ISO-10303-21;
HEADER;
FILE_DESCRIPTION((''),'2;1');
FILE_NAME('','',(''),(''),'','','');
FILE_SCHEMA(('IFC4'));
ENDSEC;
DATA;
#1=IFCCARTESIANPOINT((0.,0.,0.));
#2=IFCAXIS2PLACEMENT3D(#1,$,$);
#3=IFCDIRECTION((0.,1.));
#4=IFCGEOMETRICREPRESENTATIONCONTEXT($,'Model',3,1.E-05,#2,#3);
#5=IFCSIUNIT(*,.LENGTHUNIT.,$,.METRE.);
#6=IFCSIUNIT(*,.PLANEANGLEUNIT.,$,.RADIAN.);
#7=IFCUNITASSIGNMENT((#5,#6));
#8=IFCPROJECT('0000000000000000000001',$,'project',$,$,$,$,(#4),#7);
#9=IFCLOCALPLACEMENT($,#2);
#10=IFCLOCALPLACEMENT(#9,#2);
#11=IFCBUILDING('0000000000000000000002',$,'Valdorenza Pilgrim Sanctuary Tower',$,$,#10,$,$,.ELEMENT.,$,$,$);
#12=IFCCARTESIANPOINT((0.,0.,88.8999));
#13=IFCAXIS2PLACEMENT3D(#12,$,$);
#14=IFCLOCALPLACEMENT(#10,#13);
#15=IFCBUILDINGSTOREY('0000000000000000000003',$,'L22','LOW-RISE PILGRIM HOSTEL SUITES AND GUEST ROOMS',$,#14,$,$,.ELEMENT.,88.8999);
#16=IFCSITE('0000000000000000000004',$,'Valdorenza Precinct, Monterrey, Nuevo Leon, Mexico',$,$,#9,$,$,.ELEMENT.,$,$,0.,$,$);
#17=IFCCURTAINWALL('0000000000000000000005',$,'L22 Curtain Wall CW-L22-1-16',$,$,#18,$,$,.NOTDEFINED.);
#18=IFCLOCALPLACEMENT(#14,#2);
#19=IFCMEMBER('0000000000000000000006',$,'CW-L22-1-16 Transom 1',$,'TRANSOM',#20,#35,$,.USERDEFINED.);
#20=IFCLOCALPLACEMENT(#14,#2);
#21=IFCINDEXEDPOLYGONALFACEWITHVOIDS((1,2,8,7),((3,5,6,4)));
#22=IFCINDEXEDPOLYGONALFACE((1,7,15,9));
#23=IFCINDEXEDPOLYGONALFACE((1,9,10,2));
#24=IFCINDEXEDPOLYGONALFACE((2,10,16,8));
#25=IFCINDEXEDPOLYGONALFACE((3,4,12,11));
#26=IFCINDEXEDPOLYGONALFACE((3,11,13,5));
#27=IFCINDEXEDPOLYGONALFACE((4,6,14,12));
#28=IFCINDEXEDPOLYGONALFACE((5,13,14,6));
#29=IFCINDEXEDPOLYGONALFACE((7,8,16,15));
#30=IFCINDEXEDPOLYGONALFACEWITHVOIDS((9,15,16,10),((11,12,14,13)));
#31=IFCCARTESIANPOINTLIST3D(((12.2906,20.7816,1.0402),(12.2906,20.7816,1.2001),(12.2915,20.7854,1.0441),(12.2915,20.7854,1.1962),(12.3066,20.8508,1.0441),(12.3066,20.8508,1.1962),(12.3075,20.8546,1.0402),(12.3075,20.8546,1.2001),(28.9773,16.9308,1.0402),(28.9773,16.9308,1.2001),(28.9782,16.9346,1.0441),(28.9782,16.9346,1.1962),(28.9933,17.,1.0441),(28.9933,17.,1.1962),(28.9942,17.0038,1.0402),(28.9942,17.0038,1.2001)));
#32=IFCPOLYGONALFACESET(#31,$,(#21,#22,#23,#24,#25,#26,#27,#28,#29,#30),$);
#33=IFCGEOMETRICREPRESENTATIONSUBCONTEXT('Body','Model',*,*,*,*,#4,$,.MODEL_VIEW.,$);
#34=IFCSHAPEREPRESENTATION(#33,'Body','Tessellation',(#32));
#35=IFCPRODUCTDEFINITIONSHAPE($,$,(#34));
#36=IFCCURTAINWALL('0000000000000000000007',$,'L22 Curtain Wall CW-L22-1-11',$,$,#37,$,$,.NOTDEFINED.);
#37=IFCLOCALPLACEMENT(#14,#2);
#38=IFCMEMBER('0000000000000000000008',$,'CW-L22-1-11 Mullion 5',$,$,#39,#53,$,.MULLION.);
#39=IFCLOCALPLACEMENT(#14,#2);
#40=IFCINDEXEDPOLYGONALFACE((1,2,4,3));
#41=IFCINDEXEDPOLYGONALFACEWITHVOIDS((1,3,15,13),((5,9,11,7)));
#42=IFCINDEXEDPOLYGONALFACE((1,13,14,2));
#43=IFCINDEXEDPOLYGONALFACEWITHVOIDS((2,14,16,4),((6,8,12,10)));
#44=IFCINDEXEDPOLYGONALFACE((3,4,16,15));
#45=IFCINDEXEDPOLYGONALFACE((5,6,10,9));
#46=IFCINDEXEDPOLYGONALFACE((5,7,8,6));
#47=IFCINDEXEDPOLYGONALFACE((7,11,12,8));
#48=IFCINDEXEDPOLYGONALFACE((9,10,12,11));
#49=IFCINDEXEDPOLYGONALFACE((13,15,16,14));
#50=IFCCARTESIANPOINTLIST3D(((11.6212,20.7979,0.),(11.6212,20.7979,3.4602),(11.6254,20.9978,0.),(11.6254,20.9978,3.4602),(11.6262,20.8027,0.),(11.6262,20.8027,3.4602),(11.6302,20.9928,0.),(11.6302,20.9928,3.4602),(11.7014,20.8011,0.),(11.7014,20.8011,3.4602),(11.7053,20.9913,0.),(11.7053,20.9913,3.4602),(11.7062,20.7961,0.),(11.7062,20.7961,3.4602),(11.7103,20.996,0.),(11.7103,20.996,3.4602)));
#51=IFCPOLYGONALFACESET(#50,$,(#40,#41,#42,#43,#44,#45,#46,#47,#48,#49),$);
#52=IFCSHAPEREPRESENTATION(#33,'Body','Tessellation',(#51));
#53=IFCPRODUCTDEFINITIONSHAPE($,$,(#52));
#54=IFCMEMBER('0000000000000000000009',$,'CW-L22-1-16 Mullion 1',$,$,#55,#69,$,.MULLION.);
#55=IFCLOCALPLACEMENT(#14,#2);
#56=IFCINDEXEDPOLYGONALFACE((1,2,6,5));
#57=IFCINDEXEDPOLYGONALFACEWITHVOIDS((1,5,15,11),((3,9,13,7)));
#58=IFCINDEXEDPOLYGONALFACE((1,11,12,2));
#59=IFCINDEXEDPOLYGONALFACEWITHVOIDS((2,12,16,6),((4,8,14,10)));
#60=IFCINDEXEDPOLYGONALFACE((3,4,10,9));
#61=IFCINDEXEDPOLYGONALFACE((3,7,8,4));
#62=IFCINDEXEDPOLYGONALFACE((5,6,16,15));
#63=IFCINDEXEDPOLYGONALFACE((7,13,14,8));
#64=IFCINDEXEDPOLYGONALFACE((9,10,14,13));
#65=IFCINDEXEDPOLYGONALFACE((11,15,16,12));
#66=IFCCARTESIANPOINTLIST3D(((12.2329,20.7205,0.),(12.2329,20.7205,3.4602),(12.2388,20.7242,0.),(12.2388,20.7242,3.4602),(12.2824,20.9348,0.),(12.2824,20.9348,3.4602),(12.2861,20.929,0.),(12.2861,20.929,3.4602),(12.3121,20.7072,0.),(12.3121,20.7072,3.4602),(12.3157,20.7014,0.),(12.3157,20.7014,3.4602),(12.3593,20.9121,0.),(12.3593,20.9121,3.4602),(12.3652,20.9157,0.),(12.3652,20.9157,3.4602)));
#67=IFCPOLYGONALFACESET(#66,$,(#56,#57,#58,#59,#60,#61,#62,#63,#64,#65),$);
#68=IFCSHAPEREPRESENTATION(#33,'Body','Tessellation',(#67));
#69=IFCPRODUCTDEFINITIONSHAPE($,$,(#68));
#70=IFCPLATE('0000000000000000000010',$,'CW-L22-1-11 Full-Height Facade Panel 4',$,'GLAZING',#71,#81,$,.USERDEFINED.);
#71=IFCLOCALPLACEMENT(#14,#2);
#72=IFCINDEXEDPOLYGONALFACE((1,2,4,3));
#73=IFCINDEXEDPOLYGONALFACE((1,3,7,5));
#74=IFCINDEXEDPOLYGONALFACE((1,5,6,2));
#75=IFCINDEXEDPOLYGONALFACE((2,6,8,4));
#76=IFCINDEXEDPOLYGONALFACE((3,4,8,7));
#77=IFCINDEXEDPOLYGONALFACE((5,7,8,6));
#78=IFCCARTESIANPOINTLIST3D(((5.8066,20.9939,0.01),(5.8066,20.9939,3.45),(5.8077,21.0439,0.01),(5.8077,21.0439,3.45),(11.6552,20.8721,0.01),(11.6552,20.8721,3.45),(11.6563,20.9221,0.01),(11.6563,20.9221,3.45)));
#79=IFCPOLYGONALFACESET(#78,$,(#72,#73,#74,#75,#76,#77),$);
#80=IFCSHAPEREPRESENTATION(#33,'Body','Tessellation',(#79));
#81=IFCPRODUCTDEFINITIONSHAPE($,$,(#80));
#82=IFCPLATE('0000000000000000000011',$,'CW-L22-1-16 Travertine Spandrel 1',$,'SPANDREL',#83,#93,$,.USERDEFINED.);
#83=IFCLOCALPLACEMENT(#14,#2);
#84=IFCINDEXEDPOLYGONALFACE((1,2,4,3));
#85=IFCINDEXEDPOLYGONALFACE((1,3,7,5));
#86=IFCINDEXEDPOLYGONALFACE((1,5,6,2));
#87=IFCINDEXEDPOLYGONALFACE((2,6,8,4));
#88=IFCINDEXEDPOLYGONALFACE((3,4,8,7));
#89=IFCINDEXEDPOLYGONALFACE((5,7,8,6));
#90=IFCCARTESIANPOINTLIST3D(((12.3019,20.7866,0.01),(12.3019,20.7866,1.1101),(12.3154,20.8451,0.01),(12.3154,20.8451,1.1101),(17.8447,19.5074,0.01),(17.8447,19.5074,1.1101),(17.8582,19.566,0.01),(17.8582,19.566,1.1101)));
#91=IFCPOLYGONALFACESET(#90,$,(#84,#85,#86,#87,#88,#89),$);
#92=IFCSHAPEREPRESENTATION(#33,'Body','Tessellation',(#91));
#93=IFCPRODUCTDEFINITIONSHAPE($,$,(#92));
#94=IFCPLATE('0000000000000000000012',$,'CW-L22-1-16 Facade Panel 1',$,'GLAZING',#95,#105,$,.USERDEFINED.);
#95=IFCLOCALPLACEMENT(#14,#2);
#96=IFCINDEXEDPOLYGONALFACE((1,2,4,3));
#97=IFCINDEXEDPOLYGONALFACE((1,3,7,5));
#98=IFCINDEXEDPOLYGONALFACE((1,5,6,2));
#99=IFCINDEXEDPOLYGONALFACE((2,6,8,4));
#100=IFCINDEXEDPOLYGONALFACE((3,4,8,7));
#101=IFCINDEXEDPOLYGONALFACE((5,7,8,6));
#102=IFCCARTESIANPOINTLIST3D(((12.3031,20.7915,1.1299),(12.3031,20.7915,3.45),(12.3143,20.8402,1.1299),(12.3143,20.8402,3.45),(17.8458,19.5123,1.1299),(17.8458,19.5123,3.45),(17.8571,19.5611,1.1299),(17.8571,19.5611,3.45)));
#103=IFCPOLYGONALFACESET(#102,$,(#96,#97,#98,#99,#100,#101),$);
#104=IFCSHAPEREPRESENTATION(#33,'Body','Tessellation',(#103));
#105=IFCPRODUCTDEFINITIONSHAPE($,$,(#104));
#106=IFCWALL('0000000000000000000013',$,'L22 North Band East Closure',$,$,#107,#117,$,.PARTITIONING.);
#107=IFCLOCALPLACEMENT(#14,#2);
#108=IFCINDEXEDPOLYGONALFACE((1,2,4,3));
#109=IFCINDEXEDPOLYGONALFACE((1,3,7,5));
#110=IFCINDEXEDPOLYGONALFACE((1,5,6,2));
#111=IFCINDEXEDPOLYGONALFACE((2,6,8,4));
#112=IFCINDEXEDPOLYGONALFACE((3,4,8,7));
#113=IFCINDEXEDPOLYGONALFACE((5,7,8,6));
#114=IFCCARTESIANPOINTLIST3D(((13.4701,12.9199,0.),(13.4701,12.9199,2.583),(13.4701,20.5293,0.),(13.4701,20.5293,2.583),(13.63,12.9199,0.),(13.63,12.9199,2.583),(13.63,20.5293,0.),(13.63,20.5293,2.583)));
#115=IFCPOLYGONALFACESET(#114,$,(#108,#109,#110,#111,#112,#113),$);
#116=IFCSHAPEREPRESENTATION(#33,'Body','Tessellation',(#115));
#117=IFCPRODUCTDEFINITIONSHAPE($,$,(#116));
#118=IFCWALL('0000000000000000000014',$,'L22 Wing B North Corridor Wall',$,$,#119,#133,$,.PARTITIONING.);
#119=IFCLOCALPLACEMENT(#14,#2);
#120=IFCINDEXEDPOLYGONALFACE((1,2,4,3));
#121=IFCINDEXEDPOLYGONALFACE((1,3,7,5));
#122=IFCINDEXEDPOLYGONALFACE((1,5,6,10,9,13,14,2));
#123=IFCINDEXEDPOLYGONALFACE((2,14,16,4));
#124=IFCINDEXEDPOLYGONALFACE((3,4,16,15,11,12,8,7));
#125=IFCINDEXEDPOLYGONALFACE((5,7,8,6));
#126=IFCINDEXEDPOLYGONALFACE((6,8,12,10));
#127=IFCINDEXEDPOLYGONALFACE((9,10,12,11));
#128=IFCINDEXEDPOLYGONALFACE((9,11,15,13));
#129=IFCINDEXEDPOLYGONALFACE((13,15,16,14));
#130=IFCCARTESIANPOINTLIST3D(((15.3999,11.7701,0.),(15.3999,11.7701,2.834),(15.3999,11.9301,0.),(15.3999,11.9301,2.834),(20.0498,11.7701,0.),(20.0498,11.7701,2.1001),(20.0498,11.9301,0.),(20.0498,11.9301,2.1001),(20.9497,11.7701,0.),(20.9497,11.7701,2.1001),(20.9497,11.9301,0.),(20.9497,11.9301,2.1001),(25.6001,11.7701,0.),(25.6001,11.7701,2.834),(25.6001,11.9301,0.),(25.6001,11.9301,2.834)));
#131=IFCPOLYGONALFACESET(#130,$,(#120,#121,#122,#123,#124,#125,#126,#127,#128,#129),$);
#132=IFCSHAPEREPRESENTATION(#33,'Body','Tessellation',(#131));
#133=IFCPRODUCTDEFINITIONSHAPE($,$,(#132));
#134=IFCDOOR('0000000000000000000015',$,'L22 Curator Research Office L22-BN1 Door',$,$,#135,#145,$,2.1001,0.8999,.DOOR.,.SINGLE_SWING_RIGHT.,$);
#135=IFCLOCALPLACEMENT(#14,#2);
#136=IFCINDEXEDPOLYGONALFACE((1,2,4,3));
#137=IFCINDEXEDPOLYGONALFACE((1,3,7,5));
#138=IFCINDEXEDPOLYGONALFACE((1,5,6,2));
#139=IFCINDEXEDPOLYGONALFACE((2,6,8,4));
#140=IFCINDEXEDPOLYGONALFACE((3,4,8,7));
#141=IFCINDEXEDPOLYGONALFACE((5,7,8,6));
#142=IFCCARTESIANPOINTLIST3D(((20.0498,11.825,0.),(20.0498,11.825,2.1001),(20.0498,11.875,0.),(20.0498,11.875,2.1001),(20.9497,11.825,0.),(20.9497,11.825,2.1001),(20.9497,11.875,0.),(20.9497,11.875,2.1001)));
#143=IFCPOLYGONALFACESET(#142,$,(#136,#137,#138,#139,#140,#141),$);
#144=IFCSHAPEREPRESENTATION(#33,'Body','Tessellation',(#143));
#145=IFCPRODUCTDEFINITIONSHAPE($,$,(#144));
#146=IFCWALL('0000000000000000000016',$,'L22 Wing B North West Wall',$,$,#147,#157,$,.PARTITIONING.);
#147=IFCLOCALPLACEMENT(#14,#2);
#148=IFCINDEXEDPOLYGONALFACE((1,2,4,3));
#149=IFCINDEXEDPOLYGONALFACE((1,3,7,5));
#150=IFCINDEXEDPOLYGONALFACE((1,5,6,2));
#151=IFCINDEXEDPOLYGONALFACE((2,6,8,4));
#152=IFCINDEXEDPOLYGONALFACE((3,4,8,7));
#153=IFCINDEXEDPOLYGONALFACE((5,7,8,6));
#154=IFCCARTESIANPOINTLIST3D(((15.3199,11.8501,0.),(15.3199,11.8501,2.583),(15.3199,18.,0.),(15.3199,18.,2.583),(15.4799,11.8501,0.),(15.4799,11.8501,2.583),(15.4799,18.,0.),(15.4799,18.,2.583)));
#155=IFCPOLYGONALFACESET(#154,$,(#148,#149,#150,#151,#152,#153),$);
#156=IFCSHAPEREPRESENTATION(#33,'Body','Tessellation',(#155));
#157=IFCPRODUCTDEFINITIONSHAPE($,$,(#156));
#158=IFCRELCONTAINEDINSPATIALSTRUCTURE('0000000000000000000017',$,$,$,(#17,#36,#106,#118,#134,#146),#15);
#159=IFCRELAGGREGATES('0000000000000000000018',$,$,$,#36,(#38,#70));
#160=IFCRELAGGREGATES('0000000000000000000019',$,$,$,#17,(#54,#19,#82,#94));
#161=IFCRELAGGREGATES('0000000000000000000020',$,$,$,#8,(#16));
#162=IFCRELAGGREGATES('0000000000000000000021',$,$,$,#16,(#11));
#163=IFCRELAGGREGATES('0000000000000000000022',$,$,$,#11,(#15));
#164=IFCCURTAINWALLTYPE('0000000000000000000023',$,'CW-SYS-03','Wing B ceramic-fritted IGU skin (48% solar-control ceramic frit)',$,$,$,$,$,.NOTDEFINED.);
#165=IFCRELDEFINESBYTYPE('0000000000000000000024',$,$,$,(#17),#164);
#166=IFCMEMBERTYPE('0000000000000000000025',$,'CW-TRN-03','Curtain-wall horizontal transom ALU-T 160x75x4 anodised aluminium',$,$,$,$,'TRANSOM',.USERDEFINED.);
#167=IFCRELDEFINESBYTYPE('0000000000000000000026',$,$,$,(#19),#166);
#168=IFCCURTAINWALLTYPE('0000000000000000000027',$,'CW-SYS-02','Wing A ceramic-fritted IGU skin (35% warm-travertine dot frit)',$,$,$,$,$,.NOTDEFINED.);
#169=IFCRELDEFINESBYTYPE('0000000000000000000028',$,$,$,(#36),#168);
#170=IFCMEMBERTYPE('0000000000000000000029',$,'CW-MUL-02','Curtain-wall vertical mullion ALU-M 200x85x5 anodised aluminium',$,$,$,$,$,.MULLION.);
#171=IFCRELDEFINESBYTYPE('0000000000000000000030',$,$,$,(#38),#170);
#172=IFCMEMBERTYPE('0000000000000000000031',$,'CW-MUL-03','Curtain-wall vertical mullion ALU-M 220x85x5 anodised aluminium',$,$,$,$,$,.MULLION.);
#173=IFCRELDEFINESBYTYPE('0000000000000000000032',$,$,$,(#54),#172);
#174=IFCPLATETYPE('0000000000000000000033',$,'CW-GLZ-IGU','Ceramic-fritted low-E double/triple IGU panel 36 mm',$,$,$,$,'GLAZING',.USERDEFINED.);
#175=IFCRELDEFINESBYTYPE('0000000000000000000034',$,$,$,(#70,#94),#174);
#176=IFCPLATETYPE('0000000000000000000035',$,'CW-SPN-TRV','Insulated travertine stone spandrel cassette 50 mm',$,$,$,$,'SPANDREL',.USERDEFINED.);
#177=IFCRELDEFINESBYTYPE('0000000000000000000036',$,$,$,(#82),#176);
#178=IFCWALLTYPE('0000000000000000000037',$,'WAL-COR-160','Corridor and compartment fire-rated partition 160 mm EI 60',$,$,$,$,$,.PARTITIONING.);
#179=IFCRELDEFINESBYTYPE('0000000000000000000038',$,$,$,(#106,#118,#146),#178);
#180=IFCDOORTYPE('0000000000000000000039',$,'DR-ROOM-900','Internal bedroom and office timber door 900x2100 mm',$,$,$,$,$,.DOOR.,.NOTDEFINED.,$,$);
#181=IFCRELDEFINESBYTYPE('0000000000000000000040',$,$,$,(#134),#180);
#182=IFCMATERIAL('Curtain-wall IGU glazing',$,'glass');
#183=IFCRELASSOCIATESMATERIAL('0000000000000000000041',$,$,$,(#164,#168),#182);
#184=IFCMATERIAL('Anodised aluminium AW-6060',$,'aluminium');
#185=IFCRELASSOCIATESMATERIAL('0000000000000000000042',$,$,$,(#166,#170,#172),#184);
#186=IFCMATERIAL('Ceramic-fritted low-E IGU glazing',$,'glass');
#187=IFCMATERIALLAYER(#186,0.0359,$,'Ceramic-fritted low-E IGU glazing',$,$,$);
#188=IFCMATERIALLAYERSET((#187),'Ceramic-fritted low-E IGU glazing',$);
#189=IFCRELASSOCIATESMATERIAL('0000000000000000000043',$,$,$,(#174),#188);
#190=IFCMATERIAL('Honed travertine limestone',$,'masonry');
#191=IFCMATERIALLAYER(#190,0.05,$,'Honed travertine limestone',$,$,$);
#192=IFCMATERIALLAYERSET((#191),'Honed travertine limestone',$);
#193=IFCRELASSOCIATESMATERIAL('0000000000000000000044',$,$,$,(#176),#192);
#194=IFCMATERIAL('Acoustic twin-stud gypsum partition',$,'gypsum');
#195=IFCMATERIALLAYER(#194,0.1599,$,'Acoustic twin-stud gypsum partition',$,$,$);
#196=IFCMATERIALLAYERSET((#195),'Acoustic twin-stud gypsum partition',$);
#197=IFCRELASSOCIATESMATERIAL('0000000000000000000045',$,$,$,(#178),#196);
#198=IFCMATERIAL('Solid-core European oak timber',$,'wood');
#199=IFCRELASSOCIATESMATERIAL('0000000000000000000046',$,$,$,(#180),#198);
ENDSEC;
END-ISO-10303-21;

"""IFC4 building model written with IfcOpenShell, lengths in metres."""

from ifc_helpers import new_model, si_unit, direction, frame, frame_2d, origin, origin_2d, place, context, subcontext, project, spatial, rectangle, hollow_rectangle, extrude, source, transform, mapped, material, layer, layer_set, material_profile, profile_set, type_object, element, fill, aggregate, save


model = new_model("IFC4")

# Units and contexts
model_context = context("Model", 3, precision=1e-05, world=origin(), true_north=direction((0.0, 1.0)))
body_context = subcontext(model_context, "Body", "Model", "MODEL_VIEW")
ifc_project = project(units=[si_unit("LENGTHUNIT", "METRE"), si_unit("PLANEANGLEUNIT", "RADIAN")], contexts=[model_context])

# Site, building, storey
site_placement = place(None, origin())
site = spatial("IfcSite", under=ifc_project, at=site_placement, Name="Valdorenza Precinct, Monterrey, Nuevo Leon, Mexico", CompositionType="ELEMENT", RefElevation=0.0)
building_placement = place(site_placement, origin())
building = spatial("IfcBuilding", under=site, at=building_placement, Name="Valdorenza Pilgrim Sanctuary Tower", CompositionType="ELEMENT")
storey_placement = place(building_placement, frame((0.0, 0.0, 88.8999)))
storey = spatial("IfcBuildingStorey", under=building, at=storey_placement, Name="L22", Description="LOW-RISE PILGRIM HOSTEL SUITES AND GUEST ROOMS", CompositionType="ELEMENT", Elevation=88.8999)

# Curtain walls, members
ifc_material_1 = material(Name="Curtain-wall IGU glazing", Category="glass")
curtain_wall_type_1 = type_object("IfcCurtainWallType", Name="CW-SYS-03", Description="Wing B ceramic-fritted IGU skin (48% solar-control ceramic frit)", PredefinedType="NOTDEFINED", material=ifc_material_1)
curtain_wall_1_placement = place(storey_placement, origin())
curtain_wall_1 = element("IfcCurtainWall", 1, at=curtain_wall_1_placement, inside=storey, type_object=curtain_wall_type_1, Name="L22 Curtain Wall CW-L22-1-16", PredefinedType="NOTDEFINED")
ifc_material_2 = material(Name="Anodised aluminium AW-6060", Category="aluminium")
ifc_material_profile_1 = material_profile(ifc_material_2, hollow_rectangle(XDim=0.075, YDim=0.1599, WallThickness=0.0039, at=origin_2d()), Name="ALU-T 160x75x4")
ifc_profile_set_1 = profile_set([ifc_material_profile_1], Name="Anodised aluminium AW-6060")
member_type_1 = type_object("IfcMemberType", Name="CW-TRN-03", Description="Curtain-wall horizontal transom ALU-T 160x75x4 anodised aluminium", ElementType="TRANSOM", PredefinedType="USERDEFINED", material=ifc_profile_set_1)
shared_shape_1 = source(origin(), body_context, "Body", "SweptSolid", [
    extrude(hollow_rectangle(XDim=0.075, YDim=0.1599, WallThickness=0.0039, at=origin_2d()), origin(), (0.0, 0.0, 1.0), 17.1252),
])
member_1_placement = place(storey_placement, frame((12.2991, 20.8181, 1.1201), z_axis=(0.974391, -0.224862, 0.0), x_axis=(0.224862, 0.974391, 0.0)))
member_1 = element("IfcMember", 2, at=member_1_placement, type_object=member_type_1, Name="CW-L22-1-16 Transom 1", ObjectType="TRANSOM", PredefinedType="USERDEFINED", context=body_context, shape_type="MappedRepresentation", body=[
    mapped(shared_shape_1, transform((0.0, 0.0, 0.0), x_axis=(1.0, 0.0, 0.0), y_axis=(0.0, 1.0, 0.0), z_axis=(0.0, 0.0, 1.0), scale=1.0)),
])
curtain_wall_type_2 = type_object("IfcCurtainWallType", Name="CW-SYS-02", Description="Wing A ceramic-fritted IGU skin (35% warm-travertine dot frit)", PredefinedType="NOTDEFINED", material=ifc_material_1)
curtain_wall_2_placement = place(storey_placement, origin())
curtain_wall_2 = element("IfcCurtainWall", 3, at=curtain_wall_2_placement, inside=storey, type_object=curtain_wall_type_2, Name="L22 Curtain Wall CW-L22-1-11", PredefinedType="NOTDEFINED")
ifc_material_profile_2 = material_profile(ifc_material_2, hollow_rectangle(XDim=0.085, YDim=0.2, WallThickness=0.0049, at=origin_2d()), Name="ALU-M 200x85x5")
ifc_profile_set_2 = profile_set([ifc_material_profile_2], Name="Anodised aluminium AW-6060")
member_type_2 = type_object("IfcMemberType", Name="CW-MUL-02", Description="Curtain-wall vertical mullion ALU-M 200x85x5 anodised aluminium", PredefinedType="MULLION", material=ifc_profile_set_2)
shared_shape_2 = source(origin(), body_context, "Body", "SweptSolid", [
    extrude(hollow_rectangle(XDim=0.085, YDim=0.2, WallThickness=0.0049, at=origin_2d()), origin(), (0.0, 0.0, 1.0), 3.4602),
])
member_2_placement = place(storey_placement, frame((11.6658, 20.897, 0.0), z_axis=(0.0, 0.0, 1.0), x_axis=(0.999783, -0.02082, 0.0)))
member_2 = element("IfcMember", 4, at=member_2_placement, type_object=member_type_2, Name="CW-L22-1-11 Mullion 5", PredefinedType="MULLION", context=body_context, shape_type="MappedRepresentation", body=[
    mapped(shared_shape_2, transform((0.0, 0.0, 0.0), x_axis=(1.0, 0.0, 0.0), y_axis=(0.0, 1.0, 0.0), z_axis=(0.0, 0.0, 1.0), scale=1.0)),
])

# Member
ifc_material_profile_3 = material_profile(ifc_material_2, hollow_rectangle(XDim=0.085, YDim=0.22, WallThickness=0.0049, at=origin_2d()), Name="ALU-M 220x85x5")
ifc_profile_set_3 = profile_set([ifc_material_profile_3], Name="Anodised aluminium AW-6060")
member_type_3 = type_object("IfcMemberType", Name="CW-MUL-03", Description="Curtain-wall vertical mullion ALU-M 220x85x5 anodised aluminium", PredefinedType="MULLION", material=ifc_profile_set_3)
shared_shape_3 = source(origin(), body_context, "Body", "SweptSolid", [
    extrude(hollow_rectangle(XDim=0.085, YDim=0.22, WallThickness=0.0049, at=origin_2d()), origin(), (0.0, 0.0, 1.0), 3.4602),
])
member_3_placement = place(storey_placement, frame((12.2991, 20.8181, 0.0), z_axis=(0.0, 0.0, 1.0), x_axis=(0.97439, -0.224866, 0.0)))
member_3 = element("IfcMember", 5, at=member_3_placement, type_object=member_type_3, Name="CW-L22-1-16 Mullion 1", PredefinedType="MULLION", context=body_context, shape_type="MappedRepresentation", body=[
    mapped(shared_shape_3, transform((0.0, 0.0, 0.0), x_axis=(1.0, 0.0, 0.0), y_axis=(0.0, 1.0, 0.0), z_axis=(0.0, 0.0, 1.0), scale=1.0)),
])

# Plates
ifc_material_3 = material(Name="Ceramic-fritted low-E IGU glazing", Category="glass")
ifc_layer_1 = layer(ifc_material_3, 0.0359, Name="Ceramic-fritted low-E IGU glazing")
ifc_layer_set_1 = layer_set([ifc_layer_1], Name="Ceramic-fritted low-E IGU glazing")
plate_type_1 = type_object("IfcPlateType", Name="CW-GLZ-IGU", Description="Ceramic-fritted low-E double/triple IGU panel 36 mm", ElementType="GLAZING", PredefinedType="USERDEFINED", material=ifc_layer_set_1)
shared_shape_4 = source(origin(), body_context, "Body", "SweptSolid", [
    extrude(rectangle(XDim=5.8499, YDim=0.05, at=origin_2d()), origin(), (0.0, 0.0, 1.0), 3.4399),
])
plate_1_placement = place(storey_placement, frame((8.7314, 20.958, 0.01), z_axis=(0.0, 0.0, 1.0), x_axis=(0.999783, -0.02082, 0.0)))
plate_1 = element("IfcPlate", 6, at=plate_1_placement, type_object=plate_type_1, Name="CW-L22-1-11 Full-Height Facade Panel 4", ObjectType="GLAZING", PredefinedType="USERDEFINED", context=body_context, shape_type="MappedRepresentation", body=[
    mapped(shared_shape_4, transform((0.0, 0.0, 0.0), x_axis=(1.0, 0.0, 0.0), y_axis=(0.0, 1.0, 0.0), z_axis=(0.0, 0.0, 1.0), scale=1.0)),
])
aggregate(curtain_wall_2, [member_2, plate_1])
ifc_material_4 = material(Name="Honed travertine limestone", Category="masonry")
ifc_layer_2 = layer(ifc_material_4, 0.05, Name="Honed travertine limestone")
ifc_layer_set_2 = layer_set([ifc_layer_2], Name="Honed travertine limestone")
plate_type_2 = type_object("IfcPlateType", Name="CW-SPN-TRV", Description="Insulated travertine stone spandrel cassette 50 mm", ElementType="SPANDREL", PredefinedType="USERDEFINED", material=ifc_layer_set_2)
shared_shape_5 = source(origin(), body_context, "Body", "SweptSolid", [
    extrude(rectangle(XDim=5.6885, YDim=0.0601, at=origin_2d()), origin(), (0.0, 0.0, 1.0), 1.1001),
])
plate_2_placement = place(storey_placement, frame((15.0801, 20.1763, 0.01), z_axis=(0.0, 0.0, 1.0), x_axis=(0.97439, -0.224866, 0.0)))
plate_2 = element("IfcPlate", 7, at=plate_2_placement, type_object=plate_type_2, Name="CW-L22-1-16 Travertine Spandrel 1", ObjectType="SPANDREL", PredefinedType="USERDEFINED", context=body_context, shape_type="MappedRepresentation", body=[
    mapped(shared_shape_5, transform((0.0, 0.0, 0.0), x_axis=(1.0, 0.0, 0.0), y_axis=(0.0, 1.0, 0.0), z_axis=(0.0, 0.0, 1.0), scale=1.0)),
])
shared_shape_6 = source(origin(), body_context, "Body", "SweptSolid", [
    extrude(rectangle(XDim=5.6885, YDim=0.05, at=origin_2d()), origin(), (0.0, 0.0, 1.0), 2.3201),
])
plate_3_placement = place(storey_placement, frame((15.0801, 20.1763, 1.1299), z_axis=(0.0, 0.0, 1.0), x_axis=(0.97439, -0.224866, 0.0)))
plate_3 = element("IfcPlate", 8, at=plate_3_placement, type_object=plate_type_1, Name="CW-L22-1-16 Facade Panel 1", ObjectType="GLAZING", PredefinedType="USERDEFINED", context=body_context, shape_type="MappedRepresentation", body=[
    mapped(shared_shape_6, transform((0.0, 0.0, 0.0), x_axis=(1.0, 0.0, 0.0), y_axis=(0.0, 1.0, 0.0), z_axis=(0.0, 0.0, 1.0), scale=1.0)),
])
aggregate(curtain_wall_1, [member_3, member_1, plate_2, plate_3])

# Wall
ifc_material_5 = material(Name="Acoustic twin-stud gypsum partition", Category="gypsum")
ifc_layer_3 = layer(ifc_material_5, 0.1599, Name="Acoustic twin-stud gypsum partition")
ifc_layer_set_3 = layer_set([ifc_layer_3], Name="Acoustic twin-stud gypsum partition")
wall_type_1 = type_object("IfcWallType", Name="WAL-COR-160", Description="Corridor and compartment fire-rated partition 160 mm EI 60", PredefinedType="PARTITIONING", material=ifc_layer_set_3)
wall_1_placement = place(storey_placement, frame((13.55, 12.9199, 0.0), z_axis=(0.0, 0.0, 1.0), x_axis=(0.0, 1.0, 0.0)))
element("IfcWall", 9, at=wall_1_placement, inside=storey, type_object=wall_type_1, Name="L22 North Band East Closure", PredefinedType="PARTITIONING", context=body_context, shape_type="SweptSolid", body=[
    extrude(rectangle(XDim=7.6094, YDim=0.1599, at=frame_2d((3.8047, 0.0))), origin(), (0.0, 0.0, 1.0), 2.583),
])

# Wall, opening, door
wall_2_placement = place(storey_placement, frame((15.3999, 11.8501, 0.0), z_axis=(0.0, 0.0, 1.0), x_axis=(1.0, 0.0, 0.0)))
wall_2 = element("IfcWall", 10, at=wall_2_placement, inside=storey, type_object=wall_type_1, Name="L22 Wing B North Corridor Wall", PredefinedType="PARTITIONING", context=body_context, shape_type="SweptSolid", body=[
    extrude(rectangle(XDim=10.2002, YDim=0.1599, at=frame_2d((5.1001, 0.0))), origin(), (0.0, 0.0, 1.0), 2.834),
])
opening_1_placement = place(wall_2_placement, frame((4.6499, 0.0, 0.0)))
opening_1 = element("IfcOpeningElement", 11, at=opening_1_placement, cuts=wall_2, PredefinedType="OPENING", context=body_context, shape_type="SweptSolid", body=[
    extrude(rectangle(XDim=0.8999, YDim=2.1001, at=frame_2d((0.45, 1.05))), frame((0.0, 0.0947, 0.0), z_axis=(0.0, -1.0, 0.0), x_axis=(1.0, 0.0, 0.0)), (0.0, 0.0, 1.0), 0.1897),
])
ifc_material_6 = material(Name="Solid-core European oak timber", Category="wood")
door_type_1 = type_object("IfcDoorType", Name="DR-ROOM-900", Description="Internal bedroom and office timber door 900x2100 mm", OperationType="NOTDEFINED", PredefinedType="DOOR", material=ifc_material_6)
door_1_placement = place(opening_1_placement, origin())
door_1 = element("IfcDoor", 12, at=door_1_placement, inside=storey, type_object=door_type_1, Name="L22 Curator Research Office L22-BN1 Door", OperationType="SINGLE_SWING_RIGHT", OverallHeight=2.1001, OverallWidth=0.8999, PredefinedType="DOOR", context=body_context, shape_type="SweptSolid", body=[
    extrude(rectangle(XDim=0.8999, YDim=2.1001, at=frame_2d((0.45, 1.05))), frame((0.0, 0.0249, 0.0), z_axis=(0.0, -1.0, 0.0), x_axis=(1.0, 0.0, 0.0)), (0.0, 0.0, 1.0), 0.05),
])
fill(opening_1, door_1)

# Wall
wall_3_placement = place(storey_placement, frame((15.3999, 11.8501, 0.0), z_axis=(0.0, 0.0, 1.0), x_axis=(0.0, 1.0, 0.0)))
element("IfcWall", 13, at=wall_3_placement, inside=storey, type_object=wall_type_1, Name="L22 Wing B North West Wall", PredefinedType="PARTITIONING", context=body_context, shape_type="SweptSolid", body=[
    extrude(rectangle(XDim=6.1499, YDim=0.1599, at=frame_2d((3.075, 0.0))), origin(), (0.0, 0.0, 1.0), 2.583),
])

save(model, "model.ifc")
